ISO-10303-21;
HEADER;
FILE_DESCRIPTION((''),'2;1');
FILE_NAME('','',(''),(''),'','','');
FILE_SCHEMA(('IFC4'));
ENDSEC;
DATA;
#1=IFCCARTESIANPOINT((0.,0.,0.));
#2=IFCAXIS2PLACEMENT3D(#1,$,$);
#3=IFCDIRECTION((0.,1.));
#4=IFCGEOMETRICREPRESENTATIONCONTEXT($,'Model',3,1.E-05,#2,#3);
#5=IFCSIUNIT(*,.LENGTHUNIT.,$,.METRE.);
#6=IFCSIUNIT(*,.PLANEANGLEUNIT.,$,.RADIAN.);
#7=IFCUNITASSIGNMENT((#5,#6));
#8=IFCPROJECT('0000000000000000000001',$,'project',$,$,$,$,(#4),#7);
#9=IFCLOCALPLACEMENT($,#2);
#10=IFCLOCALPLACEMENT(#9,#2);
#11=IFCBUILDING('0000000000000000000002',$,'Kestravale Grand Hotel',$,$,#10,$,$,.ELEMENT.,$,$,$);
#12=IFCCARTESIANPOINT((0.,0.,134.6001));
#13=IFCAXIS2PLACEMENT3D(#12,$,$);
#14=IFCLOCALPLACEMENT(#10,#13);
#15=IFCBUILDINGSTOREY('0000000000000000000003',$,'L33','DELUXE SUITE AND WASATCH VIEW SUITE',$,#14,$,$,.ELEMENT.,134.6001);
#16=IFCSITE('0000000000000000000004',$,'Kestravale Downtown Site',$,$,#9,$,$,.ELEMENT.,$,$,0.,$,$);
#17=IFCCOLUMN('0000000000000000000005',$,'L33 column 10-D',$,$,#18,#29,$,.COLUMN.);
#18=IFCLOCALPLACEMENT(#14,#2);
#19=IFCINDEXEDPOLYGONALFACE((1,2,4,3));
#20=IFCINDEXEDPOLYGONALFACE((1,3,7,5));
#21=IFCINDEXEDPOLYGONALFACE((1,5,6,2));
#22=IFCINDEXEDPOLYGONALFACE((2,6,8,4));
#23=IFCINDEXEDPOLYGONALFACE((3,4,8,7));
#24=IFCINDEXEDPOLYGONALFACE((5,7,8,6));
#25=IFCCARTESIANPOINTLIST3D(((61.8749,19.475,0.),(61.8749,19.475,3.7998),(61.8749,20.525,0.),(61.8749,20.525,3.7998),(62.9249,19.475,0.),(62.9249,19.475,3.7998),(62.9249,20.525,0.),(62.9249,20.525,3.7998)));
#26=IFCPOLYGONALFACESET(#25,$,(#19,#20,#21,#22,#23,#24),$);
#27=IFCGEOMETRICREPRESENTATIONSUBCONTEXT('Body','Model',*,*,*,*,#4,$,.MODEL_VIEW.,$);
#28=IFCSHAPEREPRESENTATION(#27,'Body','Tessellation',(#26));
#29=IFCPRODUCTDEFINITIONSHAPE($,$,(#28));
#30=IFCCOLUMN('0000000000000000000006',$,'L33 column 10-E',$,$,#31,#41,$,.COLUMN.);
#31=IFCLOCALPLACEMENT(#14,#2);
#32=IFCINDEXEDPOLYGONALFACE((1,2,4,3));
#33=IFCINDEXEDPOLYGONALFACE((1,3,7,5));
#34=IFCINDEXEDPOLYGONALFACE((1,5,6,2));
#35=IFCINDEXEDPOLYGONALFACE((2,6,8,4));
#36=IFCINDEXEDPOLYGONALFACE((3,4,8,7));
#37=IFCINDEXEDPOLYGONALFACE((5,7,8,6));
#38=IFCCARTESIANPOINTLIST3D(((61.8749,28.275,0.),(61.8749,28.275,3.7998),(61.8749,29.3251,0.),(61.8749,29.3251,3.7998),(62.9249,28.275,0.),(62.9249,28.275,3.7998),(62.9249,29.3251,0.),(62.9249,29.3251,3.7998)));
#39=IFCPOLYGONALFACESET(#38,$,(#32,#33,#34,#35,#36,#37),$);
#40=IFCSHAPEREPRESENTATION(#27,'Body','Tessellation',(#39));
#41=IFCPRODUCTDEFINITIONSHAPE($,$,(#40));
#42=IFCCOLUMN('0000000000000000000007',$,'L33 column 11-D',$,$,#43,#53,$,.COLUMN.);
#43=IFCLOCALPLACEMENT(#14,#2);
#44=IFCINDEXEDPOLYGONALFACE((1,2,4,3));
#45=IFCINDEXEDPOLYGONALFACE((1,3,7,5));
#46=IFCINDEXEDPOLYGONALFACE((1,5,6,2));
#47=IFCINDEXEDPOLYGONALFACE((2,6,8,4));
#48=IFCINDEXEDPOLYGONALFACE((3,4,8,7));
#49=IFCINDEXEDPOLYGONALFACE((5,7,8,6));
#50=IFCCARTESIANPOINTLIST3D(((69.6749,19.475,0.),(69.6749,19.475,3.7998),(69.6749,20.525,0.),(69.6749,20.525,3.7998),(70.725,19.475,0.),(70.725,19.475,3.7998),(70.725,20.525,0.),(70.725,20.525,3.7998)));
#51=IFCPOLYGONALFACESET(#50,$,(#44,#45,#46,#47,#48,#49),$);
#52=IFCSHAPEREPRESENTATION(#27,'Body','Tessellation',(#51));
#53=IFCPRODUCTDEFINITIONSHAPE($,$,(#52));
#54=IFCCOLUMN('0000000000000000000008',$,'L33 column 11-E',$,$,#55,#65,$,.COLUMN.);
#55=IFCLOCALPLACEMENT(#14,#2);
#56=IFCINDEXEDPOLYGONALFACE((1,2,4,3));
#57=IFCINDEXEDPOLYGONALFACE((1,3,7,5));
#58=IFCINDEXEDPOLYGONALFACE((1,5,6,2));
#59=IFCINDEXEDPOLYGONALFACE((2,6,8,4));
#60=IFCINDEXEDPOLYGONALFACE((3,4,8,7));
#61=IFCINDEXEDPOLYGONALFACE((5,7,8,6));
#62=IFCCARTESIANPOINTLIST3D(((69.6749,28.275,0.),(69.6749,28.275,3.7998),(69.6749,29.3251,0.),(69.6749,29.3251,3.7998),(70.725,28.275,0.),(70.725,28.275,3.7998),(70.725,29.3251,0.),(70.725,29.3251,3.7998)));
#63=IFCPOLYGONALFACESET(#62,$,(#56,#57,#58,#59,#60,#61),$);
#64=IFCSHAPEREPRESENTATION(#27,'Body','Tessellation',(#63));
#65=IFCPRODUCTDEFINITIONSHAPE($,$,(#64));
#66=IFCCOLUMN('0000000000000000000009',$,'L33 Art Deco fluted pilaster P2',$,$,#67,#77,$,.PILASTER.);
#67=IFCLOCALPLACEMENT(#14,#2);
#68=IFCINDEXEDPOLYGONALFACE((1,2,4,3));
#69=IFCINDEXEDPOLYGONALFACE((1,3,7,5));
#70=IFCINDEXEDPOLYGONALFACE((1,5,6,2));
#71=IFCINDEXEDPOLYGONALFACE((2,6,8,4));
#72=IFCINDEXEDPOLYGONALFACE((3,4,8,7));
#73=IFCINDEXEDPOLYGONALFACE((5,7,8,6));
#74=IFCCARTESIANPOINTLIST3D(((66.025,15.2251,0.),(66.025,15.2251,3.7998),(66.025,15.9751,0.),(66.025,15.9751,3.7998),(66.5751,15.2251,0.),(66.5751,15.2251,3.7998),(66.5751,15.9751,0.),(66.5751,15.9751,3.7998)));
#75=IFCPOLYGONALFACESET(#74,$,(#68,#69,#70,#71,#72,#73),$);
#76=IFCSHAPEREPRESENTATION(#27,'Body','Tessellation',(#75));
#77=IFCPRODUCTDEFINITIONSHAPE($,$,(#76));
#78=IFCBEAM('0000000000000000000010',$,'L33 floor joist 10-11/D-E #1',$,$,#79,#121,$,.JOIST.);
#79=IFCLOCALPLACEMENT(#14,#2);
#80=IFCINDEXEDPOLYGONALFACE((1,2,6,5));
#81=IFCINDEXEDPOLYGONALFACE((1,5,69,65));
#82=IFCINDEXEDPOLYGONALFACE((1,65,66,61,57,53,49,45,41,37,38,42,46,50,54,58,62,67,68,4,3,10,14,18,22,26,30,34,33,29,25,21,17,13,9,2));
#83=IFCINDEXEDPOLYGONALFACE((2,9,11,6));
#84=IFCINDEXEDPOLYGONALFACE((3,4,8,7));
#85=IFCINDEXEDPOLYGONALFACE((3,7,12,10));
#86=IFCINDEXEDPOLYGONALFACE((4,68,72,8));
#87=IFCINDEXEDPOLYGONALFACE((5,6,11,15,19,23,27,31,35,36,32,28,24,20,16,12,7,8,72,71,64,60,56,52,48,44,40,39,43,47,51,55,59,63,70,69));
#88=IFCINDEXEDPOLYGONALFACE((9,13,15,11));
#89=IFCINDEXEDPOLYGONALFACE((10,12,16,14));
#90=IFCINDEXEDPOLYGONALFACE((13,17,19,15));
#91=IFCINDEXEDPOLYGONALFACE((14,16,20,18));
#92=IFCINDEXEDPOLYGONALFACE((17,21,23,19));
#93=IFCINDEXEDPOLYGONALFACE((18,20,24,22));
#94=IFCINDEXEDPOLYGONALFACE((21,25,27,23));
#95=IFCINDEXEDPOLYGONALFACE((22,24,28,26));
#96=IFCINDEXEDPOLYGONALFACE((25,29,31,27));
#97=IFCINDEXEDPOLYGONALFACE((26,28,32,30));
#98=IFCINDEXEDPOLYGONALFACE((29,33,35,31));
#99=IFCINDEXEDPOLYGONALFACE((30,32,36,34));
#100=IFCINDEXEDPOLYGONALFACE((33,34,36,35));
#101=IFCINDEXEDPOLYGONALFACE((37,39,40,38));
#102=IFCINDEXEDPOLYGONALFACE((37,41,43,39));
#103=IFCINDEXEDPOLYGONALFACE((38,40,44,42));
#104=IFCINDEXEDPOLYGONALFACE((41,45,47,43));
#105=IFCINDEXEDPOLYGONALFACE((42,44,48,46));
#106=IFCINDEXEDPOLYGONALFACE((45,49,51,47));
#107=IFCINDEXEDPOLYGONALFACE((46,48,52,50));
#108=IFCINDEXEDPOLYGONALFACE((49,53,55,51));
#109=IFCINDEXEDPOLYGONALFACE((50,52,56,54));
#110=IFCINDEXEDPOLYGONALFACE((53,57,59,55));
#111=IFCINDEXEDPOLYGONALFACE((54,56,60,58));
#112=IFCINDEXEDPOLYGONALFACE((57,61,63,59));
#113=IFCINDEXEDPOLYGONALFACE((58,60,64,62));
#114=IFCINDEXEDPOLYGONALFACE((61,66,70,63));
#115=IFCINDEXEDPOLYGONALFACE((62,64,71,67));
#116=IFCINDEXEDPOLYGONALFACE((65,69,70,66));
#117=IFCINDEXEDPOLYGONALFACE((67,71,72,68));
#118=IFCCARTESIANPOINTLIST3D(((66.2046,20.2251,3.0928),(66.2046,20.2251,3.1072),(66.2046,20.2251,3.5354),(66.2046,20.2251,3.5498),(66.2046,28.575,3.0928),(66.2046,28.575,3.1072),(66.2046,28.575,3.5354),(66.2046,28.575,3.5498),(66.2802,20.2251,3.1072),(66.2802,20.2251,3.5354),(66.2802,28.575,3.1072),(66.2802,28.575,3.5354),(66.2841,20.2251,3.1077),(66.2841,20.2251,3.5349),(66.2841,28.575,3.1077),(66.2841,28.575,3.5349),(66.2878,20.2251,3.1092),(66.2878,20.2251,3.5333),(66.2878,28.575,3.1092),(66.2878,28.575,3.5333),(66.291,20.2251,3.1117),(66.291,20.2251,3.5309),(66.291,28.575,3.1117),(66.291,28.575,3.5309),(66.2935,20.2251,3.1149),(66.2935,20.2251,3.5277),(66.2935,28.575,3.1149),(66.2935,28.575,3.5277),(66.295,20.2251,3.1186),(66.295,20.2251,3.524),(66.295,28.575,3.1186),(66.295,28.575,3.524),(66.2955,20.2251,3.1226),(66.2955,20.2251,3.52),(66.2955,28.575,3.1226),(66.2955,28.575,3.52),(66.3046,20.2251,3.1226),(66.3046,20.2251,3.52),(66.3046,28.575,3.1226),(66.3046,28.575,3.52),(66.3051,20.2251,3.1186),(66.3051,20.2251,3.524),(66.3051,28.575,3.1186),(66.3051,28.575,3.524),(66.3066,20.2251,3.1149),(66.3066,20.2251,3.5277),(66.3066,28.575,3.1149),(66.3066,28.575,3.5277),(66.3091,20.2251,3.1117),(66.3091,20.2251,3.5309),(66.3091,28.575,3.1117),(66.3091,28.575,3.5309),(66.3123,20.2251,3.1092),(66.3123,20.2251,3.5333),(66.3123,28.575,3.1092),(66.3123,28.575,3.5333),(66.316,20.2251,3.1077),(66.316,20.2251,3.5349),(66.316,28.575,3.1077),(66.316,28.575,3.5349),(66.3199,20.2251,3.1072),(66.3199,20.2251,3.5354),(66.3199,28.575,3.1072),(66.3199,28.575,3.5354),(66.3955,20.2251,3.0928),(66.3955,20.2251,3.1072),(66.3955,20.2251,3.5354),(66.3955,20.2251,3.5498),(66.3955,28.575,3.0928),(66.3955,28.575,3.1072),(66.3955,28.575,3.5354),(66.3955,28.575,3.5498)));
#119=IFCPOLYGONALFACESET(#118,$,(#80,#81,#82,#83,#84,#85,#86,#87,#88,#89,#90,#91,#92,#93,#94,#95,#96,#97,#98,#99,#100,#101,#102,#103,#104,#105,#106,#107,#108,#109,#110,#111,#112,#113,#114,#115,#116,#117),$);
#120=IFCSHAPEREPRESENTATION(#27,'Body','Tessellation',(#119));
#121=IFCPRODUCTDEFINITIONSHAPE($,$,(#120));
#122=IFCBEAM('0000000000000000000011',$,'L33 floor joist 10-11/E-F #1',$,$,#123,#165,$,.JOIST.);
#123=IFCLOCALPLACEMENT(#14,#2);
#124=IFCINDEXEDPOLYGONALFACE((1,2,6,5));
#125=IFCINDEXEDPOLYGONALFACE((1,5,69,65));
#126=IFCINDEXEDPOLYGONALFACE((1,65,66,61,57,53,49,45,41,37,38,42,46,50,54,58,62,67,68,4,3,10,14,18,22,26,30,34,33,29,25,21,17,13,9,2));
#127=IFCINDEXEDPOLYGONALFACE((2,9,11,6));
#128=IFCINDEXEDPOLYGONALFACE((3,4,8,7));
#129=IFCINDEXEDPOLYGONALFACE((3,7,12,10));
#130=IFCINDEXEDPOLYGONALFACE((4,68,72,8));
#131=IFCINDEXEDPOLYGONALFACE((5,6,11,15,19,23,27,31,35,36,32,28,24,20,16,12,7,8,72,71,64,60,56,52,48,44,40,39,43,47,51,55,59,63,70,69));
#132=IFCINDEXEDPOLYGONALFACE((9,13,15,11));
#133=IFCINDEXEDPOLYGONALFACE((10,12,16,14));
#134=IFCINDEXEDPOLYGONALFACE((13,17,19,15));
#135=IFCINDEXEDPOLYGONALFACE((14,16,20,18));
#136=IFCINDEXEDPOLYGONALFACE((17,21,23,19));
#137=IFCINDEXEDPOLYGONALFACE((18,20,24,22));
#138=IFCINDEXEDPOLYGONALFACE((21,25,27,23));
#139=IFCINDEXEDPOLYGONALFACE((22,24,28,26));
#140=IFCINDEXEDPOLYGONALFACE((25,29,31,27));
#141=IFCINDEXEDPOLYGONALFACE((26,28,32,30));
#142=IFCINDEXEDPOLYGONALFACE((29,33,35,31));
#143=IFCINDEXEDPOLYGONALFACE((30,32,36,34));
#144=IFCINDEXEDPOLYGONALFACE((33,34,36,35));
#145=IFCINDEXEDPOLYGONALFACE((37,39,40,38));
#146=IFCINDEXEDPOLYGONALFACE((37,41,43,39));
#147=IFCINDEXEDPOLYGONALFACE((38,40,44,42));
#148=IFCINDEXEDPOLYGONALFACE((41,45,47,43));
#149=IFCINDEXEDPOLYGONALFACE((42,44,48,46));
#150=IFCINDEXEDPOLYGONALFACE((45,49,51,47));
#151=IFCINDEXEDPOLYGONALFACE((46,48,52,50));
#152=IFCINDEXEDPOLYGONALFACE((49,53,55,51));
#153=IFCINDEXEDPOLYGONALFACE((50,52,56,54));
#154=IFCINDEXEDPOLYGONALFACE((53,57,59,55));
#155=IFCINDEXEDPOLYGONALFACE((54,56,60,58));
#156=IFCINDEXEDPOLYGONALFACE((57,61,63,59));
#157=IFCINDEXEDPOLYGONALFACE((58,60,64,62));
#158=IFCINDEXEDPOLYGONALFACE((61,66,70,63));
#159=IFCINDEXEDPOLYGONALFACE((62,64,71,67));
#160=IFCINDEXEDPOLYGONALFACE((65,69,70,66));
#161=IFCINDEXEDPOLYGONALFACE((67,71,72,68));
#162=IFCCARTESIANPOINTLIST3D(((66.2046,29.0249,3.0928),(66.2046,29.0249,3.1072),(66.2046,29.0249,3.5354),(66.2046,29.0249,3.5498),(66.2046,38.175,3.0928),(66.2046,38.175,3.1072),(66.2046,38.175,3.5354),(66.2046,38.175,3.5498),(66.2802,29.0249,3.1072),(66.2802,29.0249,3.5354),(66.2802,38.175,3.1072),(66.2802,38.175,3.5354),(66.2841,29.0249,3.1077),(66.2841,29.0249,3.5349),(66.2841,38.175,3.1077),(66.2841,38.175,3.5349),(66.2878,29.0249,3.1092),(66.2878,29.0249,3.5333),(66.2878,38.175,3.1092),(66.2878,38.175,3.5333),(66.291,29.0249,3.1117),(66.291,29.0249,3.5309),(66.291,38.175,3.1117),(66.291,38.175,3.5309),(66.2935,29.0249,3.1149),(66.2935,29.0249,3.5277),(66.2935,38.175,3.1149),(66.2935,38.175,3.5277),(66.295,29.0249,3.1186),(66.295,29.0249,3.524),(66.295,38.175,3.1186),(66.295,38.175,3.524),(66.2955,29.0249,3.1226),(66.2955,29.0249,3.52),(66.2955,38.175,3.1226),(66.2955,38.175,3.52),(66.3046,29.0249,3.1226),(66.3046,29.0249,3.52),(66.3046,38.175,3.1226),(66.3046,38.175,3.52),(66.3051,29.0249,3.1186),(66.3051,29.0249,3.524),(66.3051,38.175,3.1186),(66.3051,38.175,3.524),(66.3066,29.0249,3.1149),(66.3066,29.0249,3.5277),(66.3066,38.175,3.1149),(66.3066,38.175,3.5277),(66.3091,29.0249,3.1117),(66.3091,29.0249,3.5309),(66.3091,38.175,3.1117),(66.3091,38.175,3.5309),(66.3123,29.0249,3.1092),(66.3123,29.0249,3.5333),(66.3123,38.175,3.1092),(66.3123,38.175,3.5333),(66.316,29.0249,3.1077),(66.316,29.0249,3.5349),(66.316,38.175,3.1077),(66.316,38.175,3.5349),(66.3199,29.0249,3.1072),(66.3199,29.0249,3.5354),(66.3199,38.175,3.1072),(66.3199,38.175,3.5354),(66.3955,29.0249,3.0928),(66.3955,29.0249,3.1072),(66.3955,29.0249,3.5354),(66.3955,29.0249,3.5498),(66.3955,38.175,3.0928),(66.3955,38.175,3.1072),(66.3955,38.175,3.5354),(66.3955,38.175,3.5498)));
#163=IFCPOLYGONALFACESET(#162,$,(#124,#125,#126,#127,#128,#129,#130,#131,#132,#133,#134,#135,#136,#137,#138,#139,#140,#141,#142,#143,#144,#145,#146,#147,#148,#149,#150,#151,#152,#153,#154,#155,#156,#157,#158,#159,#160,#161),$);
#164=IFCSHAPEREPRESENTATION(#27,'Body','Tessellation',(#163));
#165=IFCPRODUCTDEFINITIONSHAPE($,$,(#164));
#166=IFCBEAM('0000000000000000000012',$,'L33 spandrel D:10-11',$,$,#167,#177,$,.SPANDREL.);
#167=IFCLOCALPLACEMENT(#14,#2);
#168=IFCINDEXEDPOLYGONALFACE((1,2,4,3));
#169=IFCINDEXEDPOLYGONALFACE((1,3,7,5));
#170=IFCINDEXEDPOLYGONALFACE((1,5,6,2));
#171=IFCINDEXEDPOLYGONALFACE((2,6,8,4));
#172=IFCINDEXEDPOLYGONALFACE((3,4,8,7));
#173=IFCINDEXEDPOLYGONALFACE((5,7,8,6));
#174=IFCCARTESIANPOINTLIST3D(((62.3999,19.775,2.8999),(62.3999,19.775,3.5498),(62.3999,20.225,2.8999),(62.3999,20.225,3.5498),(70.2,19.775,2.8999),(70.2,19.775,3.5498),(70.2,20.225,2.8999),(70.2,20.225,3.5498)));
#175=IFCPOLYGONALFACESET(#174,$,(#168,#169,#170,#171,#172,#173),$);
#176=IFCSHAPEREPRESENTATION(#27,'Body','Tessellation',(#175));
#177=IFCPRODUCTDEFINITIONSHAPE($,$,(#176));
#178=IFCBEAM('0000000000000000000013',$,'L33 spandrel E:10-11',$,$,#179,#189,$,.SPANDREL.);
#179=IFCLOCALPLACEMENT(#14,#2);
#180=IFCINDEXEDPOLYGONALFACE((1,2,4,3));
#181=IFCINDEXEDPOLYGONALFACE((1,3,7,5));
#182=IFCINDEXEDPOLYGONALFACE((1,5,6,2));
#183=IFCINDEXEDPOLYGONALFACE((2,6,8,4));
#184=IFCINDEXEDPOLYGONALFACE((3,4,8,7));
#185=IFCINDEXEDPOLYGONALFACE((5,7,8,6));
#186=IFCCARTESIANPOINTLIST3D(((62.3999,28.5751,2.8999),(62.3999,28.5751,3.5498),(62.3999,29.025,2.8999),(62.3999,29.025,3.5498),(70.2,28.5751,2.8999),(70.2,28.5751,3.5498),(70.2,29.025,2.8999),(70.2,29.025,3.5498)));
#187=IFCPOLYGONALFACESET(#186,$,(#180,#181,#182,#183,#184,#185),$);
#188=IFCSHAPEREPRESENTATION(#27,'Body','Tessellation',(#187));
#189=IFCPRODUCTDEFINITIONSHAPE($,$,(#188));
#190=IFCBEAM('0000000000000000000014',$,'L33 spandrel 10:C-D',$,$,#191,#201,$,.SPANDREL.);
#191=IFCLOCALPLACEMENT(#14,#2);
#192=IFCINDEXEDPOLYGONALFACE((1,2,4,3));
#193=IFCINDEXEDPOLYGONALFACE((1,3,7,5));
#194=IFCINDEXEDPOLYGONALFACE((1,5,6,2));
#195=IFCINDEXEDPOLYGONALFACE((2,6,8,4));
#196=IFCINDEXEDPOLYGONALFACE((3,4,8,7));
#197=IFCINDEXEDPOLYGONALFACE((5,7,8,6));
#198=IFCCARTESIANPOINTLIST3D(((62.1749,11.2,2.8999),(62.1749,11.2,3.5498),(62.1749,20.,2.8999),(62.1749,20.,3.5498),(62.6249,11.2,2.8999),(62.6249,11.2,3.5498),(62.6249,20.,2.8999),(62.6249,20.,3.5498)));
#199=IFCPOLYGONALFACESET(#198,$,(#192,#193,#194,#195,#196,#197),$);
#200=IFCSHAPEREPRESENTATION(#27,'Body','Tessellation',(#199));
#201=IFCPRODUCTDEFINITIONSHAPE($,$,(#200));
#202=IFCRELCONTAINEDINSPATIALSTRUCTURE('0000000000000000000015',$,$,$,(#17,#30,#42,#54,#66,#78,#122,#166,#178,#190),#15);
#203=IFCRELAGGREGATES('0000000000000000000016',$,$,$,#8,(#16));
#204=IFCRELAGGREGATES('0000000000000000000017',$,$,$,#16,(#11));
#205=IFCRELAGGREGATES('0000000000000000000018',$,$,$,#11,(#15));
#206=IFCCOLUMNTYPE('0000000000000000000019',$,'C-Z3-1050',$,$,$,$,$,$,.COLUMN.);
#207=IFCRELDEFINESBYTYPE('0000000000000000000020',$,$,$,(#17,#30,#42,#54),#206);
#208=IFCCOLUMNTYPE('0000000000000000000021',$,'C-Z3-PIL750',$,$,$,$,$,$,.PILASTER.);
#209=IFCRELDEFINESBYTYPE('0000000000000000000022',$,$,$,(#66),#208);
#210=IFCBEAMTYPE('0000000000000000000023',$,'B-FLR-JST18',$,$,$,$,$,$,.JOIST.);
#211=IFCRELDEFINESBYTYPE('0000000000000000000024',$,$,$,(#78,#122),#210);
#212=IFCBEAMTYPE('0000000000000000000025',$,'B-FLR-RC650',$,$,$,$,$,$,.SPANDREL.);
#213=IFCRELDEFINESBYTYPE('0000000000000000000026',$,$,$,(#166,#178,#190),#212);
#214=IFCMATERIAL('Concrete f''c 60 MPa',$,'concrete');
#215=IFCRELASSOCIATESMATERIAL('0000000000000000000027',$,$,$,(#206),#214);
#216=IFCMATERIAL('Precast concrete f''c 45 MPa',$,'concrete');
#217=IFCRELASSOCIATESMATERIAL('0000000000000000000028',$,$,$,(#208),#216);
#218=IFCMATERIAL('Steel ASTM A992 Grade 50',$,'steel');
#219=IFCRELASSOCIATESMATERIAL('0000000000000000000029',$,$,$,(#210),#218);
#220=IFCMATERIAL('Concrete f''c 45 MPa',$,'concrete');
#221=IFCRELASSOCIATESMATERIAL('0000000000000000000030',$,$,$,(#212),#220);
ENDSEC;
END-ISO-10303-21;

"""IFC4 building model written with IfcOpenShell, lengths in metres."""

from ifc_helpers import new_model, si_unit, direction, frame, origin, origin_2d, place, context, subcontext, project, spatial, rectangle, i_section, extrude, material, material_profile, profile_set, type_object, element, save


model = new_model("IFC4")

# Units and contexts
model_context = context("Model", 3, precision=1e-05, world=origin(), true_north=direction((0.0, 1.0)))
body_context = subcontext(model_context, "Body", "Model", "MODEL_VIEW")
ifc_project = project(units=[si_unit("LENGTHUNIT", "METRE"), si_unit("PLANEANGLEUNIT", "RADIAN")], contexts=[model_context])

# Site, building, storey
site_placement = place(None, origin())
site = spatial("IfcSite", under=ifc_project, at=site_placement, Name="Kestravale Downtown Site", CompositionType="ELEMENT", RefElevation=0.0)
building_placement = place(site_placement, origin())
building = spatial("IfcBuilding", under=site, at=building_placement, Name="Kestravale Grand Hotel", CompositionType="ELEMENT")
storey_placement = place(building_placement, frame((0.0, 0.0, 134.6001)))
storey = spatial("IfcBuildingStorey", under=building, at=storey_placement, Name="L33", Description="DELUXE SUITE AND WASATCH VIEW SUITE", CompositionType="ELEMENT", Elevation=134.6001)

# Columns
ifc_material_1 = material(Name="Concrete f'c 60 MPa", Category="concrete")
ifc_material_profile_1 = material_profile(ifc_material_1, rectangle(XDim=1.05, YDim=1.05, at=origin_2d()))
ifc_profile_set_1 = profile_set([ifc_material_profile_1], Name="Concrete f'c 60 MPa")
column_type_1 = type_object("IfcColumnType", Name="C-Z3-1050", PredefinedType="COLUMN", material=ifc_profile_set_1)
for number, where, z_axis, x_axis, name in (
    (1, (62.3999, 20.0, 0.0), (0.0, 0.0, 1.0), (1.0, 0.0, 0.0), "L33 column 10-D"),
    (2, (62.3999, 28.8, 0.0), (0.0, 0.0, 1.0), (1.0, 0.0, 0.0), "L33 column 10-E"),
    (3, (70.2, 20.0, 0.0), (0.0, 0.0, 1.0), (1.0, 0.0, 0.0), "L33 column 11-D"),
    (4, (70.2, 28.8, 0.0), (0.0, 0.0, 1.0), (1.0, 0.0, 0.0), "L33 column 11-E"),
):
    element("IfcColumn", number, at=place(storey_placement, frame(where, z_axis=z_axis, x_axis=x_axis)), inside=storey, type_object=column_type_1, Name=name, PredefinedType="COLUMN", context=body_context, shape_type="SweptSolid", body=[
        extrude(rectangle(XDim=1.05, YDim=1.05, at=origin_2d()), origin(), (0.0, 0.0, 1.0), 3.7998),
    ])
ifc_material_2 = material(Name="Precast concrete f'c 45 MPa", Category="concrete")
ifc_material_profile_2 = material_profile(ifc_material_2, rectangle(XDim=0.55, YDim=0.75, at=origin_2d()))
ifc_profile_set_2 = profile_set([ifc_material_profile_2], Name="Precast concrete f'c 45 MPa")
column_type_2 = type_object("IfcColumnType", Name="C-Z3-PIL750", PredefinedType="PILASTER", material=ifc_profile_set_2)
column_placement = place(storey_placement, frame((66.3, 15.6001, 0.0), z_axis=(0.0, 0.0, 1.0), x_axis=(1.0, 0.0, 0.0)))
element("IfcColumn", 5, at=column_placement, inside=storey, type_object=column_type_2, Name="L33 Art Deco fluted pilaster P2", PredefinedType="PILASTER", context=body_context, shape_type="SweptSolid", body=[
    extrude(rectangle(XDim=0.55, YDim=0.75, at=origin_2d()), origin(), (0.0, 0.0, 1.0), 3.7998),
])

# Beams
ifc_material_3 = material(Name="Steel ASTM A992 Grade 50", Category="steel")
ifc_material_profile_3 = material_profile(ifc_material_3, i_section(OverallWidth=0.1909, OverallDepth=0.457, WebThickness=0.009, FlangeThickness=0.0144, FilletRadius=0.0154, at=origin_2d()))
ifc_profile_set_3 = profile_set([ifc_material_profile_3], Name="Steel ASTM A992 Grade 50")
beam_type_1 = type_object("IfcBeamType", Name="B-FLR-JST18", PredefinedType="JOIST", material=ifc_profile_set_3)
beam_1_placement = place(storey_placement, frame((66.3, 20.2251, 3.3213), z_axis=(0.0, 1.0, 0.0), x_axis=(-1.0, 0.0, 0.0)))
element("IfcBeam", 6, at=beam_1_placement, inside=storey, type_object=beam_type_1, Name="L33 floor joist 10-11/D-E #1", PredefinedType="JOIST", context=body_context, shape_type="SweptSolid", body=[
    extrude(i_section(OverallWidth=0.1909, OverallDepth=0.457, WebThickness=0.009, FlangeThickness=0.0144, FilletRadius=0.0154, at=origin_2d()), origin(), (0.0, 0.0, 1.0), 8.3499),
])
beam_2_placement = place(storey_placement, frame((66.3, 29.0249, 3.3213), z_axis=(0.0, 1.0, 0.0), x_axis=(-1.0, 0.0, 0.0)))
element("IfcBeam", 7, at=beam_2_placement, inside=storey, type_object=beam_type_1, Name="L33 floor joist 10-11/E-F #1", PredefinedType="JOIST", context=body_context, shape_type="SweptSolid", body=[
    extrude(i_section(OverallWidth=0.1909, OverallDepth=0.457, WebThickness=0.009, FlangeThickness=0.0144, FilletRadius=0.0154, at=origin_2d()), origin(), (0.0, 0.0, 1.0), 9.1501),
])
ifc_material_4 = material(Name="Concrete f'c 45 MPa", Category="concrete")
ifc_material_profile_4 = material_profile(ifc_material_4, rectangle(XDim=0.45, YDim=0.6499, at=origin_2d()))
ifc_profile_set_4 = profile_set([ifc_material_profile_4], Name="Concrete f'c 45 MPa")
beam_type_2 = type_object("IfcBeamType", Name="B-FLR-RC650", PredefinedType="SPANDREL", material=ifc_profile_set_4)
for number, where, z_axis, x_axis, name in (
    (8, (62.3999, 20.0, 3.2249), (1.0, 0.0, 0.0), (0.0, 1.0, 0.0), "L33 spandrel D:10-11"),
    (9, (62.3999, 28.8, 3.2249), (1.0, 0.0, 0.0), (0.0, 1.0, 0.0), "L33 spandrel E:10-11"),
):
    element("IfcBeam", number, at=place(storey_placement, frame(where, z_axis=z_axis, x_axis=x_axis)), inside=storey, type_object=beam_type_2, Name=name, PredefinedType="SPANDREL", context=body_context, shape_type="SweptSolid", body=[
        extrude(rectangle(XDim=0.45, YDim=0.6499, at=origin_2d()), origin(), (0.0, 0.0, 1.0), 7.8),
    ])
for number, where, z_axis, x_axis, name in (
    (10, (62.3999, 11.2, 3.2249), (0.0, 1.0, 0.0), (-1.0, 0.0, 0.0), "L33 spandrel 10:C-D"),
):
    element("IfcBeam", number, at=place(storey_placement, frame(where, z_axis=z_axis, x_axis=x_axis)), inside=storey, type_object=beam_type_2, Name=name, PredefinedType="SPANDREL", context=body_context, shape_type="SweptSolid", body=[
        extrude(rectangle(XDim=0.45, YDim=0.6499, at=origin_2d()), origin(), (0.0, 0.0, 1.0), 8.8),
    ])

save(model, "model.ifc")
